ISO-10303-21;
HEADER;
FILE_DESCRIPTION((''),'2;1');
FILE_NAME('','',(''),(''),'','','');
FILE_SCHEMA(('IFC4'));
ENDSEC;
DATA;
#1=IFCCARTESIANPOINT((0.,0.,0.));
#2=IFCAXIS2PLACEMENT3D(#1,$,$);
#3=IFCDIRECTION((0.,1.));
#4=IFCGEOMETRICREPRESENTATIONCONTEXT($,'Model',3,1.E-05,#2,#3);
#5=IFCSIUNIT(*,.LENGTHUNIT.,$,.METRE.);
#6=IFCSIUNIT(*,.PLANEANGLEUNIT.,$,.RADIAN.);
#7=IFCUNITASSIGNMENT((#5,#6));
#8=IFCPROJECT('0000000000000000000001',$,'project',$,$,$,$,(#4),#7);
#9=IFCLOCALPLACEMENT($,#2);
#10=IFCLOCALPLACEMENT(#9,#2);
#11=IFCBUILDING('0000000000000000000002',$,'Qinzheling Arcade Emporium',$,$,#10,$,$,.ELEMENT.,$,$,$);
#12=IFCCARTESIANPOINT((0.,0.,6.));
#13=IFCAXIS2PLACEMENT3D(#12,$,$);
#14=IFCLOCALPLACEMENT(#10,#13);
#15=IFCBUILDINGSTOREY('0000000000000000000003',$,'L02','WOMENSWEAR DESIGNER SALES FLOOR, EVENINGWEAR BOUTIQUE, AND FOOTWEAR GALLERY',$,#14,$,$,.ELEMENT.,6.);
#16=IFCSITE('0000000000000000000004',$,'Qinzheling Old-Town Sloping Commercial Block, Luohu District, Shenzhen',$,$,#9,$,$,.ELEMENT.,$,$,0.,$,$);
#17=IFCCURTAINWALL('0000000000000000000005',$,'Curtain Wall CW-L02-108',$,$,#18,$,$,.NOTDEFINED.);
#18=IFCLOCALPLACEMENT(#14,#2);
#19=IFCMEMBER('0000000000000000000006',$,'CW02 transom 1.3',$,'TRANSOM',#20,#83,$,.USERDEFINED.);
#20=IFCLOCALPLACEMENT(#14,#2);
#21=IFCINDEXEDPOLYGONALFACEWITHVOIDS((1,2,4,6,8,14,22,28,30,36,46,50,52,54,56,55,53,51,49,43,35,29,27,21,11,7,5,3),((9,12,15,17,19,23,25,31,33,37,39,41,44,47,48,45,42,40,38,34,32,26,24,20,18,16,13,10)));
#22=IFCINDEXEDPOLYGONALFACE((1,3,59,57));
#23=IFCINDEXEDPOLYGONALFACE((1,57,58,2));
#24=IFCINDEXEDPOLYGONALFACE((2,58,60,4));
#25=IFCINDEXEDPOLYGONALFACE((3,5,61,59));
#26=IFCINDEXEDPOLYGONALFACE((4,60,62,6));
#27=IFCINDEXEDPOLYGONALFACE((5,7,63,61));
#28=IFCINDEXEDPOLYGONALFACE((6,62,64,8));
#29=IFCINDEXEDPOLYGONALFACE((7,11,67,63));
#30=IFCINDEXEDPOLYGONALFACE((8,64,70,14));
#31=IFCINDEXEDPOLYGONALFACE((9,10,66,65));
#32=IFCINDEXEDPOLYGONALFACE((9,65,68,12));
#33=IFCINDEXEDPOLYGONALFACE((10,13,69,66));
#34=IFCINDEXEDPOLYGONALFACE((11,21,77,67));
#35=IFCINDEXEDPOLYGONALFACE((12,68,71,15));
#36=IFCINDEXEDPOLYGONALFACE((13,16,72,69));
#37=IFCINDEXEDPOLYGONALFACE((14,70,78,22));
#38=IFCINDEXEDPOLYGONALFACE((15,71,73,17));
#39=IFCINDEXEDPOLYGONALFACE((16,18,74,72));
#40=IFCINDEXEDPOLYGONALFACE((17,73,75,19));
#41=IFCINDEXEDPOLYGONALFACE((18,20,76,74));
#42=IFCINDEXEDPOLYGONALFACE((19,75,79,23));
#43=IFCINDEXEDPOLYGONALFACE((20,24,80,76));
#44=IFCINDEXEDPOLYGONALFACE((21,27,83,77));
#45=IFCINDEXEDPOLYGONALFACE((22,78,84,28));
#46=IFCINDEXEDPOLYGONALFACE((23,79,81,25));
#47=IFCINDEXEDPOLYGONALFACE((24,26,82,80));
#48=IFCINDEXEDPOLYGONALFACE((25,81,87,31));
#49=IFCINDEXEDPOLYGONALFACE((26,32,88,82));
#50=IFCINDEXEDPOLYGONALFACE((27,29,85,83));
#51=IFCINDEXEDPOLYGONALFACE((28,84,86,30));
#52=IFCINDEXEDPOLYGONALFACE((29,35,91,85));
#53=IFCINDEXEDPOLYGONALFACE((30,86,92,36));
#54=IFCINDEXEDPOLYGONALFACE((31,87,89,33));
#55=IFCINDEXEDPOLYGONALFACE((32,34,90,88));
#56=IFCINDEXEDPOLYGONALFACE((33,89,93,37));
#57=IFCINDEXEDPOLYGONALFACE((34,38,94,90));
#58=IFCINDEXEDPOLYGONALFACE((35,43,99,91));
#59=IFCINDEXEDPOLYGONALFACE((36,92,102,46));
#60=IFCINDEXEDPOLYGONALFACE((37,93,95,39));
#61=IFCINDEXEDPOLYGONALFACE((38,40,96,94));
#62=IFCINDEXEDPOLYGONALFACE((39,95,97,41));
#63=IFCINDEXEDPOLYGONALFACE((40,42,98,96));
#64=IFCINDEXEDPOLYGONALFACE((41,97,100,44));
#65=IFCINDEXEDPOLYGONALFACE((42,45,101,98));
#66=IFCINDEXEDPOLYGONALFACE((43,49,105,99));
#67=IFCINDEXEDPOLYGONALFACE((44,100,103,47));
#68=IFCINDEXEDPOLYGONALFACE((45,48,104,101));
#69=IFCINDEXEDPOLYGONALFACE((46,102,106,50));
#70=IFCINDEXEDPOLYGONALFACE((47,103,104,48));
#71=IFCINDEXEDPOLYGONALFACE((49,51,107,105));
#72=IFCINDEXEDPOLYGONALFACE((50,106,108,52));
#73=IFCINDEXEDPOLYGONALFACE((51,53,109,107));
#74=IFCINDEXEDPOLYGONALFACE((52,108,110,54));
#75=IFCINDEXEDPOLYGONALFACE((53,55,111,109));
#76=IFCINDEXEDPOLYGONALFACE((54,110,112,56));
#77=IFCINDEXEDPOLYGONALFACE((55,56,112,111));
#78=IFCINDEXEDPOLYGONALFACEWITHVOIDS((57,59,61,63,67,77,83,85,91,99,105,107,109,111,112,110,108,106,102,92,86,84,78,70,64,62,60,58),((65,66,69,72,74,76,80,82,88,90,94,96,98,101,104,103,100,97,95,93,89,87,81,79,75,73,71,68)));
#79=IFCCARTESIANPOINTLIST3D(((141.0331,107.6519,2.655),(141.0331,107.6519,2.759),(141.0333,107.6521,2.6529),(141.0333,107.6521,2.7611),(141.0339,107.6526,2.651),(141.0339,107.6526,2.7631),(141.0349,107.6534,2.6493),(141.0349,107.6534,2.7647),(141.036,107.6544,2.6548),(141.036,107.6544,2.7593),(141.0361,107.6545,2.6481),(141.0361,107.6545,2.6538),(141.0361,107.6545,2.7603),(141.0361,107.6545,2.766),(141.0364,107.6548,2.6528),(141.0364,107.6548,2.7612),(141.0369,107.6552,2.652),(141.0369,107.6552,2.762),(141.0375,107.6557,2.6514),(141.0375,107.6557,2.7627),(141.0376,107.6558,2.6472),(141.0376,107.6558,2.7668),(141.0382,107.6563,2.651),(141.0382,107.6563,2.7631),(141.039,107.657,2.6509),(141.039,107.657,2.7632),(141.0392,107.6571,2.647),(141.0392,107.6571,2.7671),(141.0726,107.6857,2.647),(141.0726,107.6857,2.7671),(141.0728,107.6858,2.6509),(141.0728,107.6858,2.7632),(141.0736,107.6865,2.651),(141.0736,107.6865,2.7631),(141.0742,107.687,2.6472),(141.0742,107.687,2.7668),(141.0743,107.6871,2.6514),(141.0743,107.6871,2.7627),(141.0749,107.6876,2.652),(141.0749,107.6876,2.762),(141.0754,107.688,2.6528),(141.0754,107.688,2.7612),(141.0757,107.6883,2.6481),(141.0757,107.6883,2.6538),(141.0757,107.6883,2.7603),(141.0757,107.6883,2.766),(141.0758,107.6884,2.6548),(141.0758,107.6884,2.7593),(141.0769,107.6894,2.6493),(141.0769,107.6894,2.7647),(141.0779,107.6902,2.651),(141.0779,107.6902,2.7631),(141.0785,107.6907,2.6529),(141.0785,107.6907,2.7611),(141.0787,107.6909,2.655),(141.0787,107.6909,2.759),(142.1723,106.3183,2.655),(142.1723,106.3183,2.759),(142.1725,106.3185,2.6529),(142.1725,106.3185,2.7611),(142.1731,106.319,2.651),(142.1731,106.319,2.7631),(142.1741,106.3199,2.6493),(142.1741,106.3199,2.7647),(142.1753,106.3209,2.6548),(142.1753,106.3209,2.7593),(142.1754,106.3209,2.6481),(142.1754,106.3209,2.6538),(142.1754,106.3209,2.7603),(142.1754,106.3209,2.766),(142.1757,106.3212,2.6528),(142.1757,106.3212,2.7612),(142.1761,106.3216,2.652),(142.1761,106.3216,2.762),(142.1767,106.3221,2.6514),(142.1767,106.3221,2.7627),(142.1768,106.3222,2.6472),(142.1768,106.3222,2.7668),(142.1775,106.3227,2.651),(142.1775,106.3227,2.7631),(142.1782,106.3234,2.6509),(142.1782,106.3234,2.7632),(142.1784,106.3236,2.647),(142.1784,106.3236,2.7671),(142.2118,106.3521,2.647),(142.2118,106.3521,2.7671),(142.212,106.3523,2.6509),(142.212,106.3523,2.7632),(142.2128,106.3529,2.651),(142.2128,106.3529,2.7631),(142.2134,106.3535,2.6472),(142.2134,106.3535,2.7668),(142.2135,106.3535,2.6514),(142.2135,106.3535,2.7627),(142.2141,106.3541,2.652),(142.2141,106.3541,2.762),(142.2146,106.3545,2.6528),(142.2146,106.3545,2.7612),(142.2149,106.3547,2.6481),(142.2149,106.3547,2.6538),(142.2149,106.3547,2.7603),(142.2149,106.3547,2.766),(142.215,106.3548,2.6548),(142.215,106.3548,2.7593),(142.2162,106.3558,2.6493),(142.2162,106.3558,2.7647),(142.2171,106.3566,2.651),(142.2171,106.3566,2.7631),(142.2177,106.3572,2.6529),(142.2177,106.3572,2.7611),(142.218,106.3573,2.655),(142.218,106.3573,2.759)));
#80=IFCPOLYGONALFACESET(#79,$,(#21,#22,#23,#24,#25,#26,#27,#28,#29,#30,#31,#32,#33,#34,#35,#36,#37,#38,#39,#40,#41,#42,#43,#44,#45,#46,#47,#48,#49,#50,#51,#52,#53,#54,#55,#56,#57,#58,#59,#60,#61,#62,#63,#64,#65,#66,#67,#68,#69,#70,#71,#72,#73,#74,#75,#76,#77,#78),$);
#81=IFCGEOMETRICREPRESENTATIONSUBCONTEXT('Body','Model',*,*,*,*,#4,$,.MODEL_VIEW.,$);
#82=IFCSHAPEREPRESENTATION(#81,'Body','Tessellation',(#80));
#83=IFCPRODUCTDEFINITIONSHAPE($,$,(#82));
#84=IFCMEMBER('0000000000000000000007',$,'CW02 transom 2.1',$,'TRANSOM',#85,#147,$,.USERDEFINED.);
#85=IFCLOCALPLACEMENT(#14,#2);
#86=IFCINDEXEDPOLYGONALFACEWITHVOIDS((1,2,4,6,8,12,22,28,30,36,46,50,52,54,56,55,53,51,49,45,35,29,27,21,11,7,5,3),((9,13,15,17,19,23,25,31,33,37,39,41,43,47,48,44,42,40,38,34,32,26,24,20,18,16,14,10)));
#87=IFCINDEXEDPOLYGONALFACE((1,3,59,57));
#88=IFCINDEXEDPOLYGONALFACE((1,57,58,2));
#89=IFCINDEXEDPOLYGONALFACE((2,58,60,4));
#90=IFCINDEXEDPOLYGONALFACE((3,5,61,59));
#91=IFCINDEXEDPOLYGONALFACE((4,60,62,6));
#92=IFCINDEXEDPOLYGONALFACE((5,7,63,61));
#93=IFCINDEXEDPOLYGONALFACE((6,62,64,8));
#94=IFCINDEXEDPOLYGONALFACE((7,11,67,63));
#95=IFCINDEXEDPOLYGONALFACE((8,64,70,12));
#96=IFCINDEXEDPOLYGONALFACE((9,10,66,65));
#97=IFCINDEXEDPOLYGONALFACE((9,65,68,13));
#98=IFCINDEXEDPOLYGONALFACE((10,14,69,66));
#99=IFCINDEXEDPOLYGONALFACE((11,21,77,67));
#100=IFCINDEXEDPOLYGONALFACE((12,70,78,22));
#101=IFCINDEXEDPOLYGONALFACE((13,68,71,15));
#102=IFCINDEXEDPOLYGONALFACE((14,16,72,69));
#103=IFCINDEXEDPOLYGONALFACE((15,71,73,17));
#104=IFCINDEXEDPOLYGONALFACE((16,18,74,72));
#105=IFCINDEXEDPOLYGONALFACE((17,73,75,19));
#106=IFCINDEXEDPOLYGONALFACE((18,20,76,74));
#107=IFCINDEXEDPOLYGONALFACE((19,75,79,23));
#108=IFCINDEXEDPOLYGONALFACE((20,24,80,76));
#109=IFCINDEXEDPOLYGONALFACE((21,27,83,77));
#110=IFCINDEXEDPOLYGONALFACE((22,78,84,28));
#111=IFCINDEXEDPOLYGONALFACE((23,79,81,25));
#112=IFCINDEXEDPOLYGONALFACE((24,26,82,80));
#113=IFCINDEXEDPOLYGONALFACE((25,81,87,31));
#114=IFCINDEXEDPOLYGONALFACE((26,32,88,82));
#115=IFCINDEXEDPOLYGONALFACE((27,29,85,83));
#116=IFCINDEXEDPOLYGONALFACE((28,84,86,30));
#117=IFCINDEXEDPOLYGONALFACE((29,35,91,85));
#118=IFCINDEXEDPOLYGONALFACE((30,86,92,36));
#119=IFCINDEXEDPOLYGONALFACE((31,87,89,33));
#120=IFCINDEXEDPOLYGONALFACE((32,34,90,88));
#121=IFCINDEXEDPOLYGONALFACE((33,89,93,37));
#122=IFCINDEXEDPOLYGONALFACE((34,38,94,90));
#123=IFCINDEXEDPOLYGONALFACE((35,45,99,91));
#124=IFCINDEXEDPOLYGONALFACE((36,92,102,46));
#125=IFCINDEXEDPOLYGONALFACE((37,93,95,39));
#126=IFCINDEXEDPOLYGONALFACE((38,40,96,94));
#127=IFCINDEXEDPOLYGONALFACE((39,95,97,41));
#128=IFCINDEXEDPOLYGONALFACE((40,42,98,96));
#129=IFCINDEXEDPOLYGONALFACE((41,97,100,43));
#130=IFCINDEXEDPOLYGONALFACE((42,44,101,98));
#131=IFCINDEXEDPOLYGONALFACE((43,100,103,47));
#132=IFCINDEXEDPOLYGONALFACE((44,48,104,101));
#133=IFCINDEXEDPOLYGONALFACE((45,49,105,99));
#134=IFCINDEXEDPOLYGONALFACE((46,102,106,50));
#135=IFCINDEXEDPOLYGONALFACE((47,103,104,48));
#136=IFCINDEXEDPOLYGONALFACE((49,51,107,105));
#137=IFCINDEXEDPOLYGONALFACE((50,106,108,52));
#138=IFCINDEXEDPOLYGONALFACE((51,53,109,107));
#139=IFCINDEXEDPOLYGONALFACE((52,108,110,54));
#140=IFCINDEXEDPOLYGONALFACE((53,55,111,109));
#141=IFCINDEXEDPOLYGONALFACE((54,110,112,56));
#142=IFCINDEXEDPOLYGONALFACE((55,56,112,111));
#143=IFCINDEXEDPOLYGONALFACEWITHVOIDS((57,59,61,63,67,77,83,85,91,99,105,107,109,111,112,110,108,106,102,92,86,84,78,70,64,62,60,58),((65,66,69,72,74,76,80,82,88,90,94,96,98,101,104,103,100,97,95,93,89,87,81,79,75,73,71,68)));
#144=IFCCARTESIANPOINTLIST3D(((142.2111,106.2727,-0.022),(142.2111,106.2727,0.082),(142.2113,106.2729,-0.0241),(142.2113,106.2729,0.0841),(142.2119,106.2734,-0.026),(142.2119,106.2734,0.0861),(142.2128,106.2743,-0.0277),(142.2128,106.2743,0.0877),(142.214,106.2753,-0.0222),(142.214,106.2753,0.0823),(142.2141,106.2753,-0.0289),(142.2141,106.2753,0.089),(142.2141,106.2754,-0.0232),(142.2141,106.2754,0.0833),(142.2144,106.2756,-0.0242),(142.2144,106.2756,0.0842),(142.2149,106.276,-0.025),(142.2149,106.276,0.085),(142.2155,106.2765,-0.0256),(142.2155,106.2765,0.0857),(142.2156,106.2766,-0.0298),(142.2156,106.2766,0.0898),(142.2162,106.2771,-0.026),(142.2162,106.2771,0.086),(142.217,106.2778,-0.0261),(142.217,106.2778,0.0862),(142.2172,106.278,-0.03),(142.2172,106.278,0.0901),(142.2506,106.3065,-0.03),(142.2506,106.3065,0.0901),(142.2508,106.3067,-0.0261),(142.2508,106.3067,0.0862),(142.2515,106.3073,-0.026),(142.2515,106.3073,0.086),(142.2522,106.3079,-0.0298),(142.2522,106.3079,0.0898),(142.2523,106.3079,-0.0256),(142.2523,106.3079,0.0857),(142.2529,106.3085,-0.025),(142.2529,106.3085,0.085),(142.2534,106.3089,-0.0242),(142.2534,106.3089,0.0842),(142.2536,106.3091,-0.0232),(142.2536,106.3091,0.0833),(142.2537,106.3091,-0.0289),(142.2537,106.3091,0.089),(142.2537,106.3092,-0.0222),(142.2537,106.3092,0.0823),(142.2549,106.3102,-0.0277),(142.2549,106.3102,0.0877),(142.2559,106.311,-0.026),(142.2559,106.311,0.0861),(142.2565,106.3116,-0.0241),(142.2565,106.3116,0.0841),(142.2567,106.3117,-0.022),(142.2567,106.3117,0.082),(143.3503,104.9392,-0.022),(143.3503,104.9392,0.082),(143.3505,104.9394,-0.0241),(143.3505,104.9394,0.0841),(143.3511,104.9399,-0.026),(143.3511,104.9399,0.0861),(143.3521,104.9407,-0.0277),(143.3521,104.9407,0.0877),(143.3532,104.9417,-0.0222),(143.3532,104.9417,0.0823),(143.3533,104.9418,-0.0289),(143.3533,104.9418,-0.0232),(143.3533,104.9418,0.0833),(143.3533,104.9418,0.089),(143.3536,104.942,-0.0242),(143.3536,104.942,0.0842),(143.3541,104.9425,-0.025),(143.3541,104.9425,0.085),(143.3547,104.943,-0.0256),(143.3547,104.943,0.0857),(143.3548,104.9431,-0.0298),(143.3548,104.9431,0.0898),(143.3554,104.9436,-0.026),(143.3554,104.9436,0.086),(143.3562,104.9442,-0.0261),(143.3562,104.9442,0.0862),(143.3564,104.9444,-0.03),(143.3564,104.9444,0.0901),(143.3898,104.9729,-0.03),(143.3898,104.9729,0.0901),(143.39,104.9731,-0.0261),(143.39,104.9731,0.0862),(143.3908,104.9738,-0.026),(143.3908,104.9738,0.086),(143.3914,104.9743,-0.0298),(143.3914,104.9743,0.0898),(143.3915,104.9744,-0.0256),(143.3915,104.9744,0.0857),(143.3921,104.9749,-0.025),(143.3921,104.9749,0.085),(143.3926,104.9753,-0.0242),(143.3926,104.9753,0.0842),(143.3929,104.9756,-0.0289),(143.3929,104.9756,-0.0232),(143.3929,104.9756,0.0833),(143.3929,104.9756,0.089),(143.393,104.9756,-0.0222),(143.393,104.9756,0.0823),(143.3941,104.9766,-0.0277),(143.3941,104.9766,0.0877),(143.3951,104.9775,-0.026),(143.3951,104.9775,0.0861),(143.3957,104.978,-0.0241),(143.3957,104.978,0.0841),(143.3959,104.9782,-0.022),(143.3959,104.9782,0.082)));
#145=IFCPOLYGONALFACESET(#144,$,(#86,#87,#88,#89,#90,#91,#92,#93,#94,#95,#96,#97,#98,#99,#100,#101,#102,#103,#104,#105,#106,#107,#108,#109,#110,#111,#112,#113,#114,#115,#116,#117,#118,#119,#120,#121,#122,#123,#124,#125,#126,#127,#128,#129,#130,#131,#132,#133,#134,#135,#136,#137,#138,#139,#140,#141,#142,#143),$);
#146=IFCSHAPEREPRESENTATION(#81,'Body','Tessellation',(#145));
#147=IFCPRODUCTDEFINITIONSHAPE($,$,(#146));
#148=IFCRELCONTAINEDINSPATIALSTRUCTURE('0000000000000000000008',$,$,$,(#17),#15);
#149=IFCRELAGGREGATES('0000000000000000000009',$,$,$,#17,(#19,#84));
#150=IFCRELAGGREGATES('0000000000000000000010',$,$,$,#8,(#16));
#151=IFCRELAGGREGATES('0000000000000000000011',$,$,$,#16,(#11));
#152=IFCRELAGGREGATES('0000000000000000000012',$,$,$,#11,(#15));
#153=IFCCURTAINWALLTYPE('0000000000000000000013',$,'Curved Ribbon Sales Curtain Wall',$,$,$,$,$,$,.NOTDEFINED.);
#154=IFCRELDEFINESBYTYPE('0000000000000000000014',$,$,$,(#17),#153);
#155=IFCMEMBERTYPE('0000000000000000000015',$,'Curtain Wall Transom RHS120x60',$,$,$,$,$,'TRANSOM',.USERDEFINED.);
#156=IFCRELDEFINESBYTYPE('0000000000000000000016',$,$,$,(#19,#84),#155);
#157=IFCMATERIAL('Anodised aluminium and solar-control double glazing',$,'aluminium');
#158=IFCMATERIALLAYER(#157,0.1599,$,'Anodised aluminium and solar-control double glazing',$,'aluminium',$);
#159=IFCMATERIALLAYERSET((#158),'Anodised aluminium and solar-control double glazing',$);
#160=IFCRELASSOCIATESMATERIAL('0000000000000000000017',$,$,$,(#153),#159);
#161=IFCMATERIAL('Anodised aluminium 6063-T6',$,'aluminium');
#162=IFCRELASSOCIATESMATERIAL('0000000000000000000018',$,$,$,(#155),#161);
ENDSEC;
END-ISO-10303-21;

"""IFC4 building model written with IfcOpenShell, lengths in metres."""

from ifc_helpers import new_model, si_unit, direction, frame, origin, origin_2d, place, context, subcontext, project, spatial, hollow_rectangle, extrude, material, layer, layer_set, material_profile, profile_set, type_object, element, aggregate, save


model = new_model("IFC4")

# Units and contexts
model_context = context("Model", 3, precision=1e-05, world=origin(), true_north=direction((0.0, 1.0)))
body_context = subcontext(model_context, "Body", "Model", "MODEL_VIEW")
ifc_project = project(units=[si_unit("LENGTHUNIT", "METRE"), si_unit("PLANEANGLEUNIT", "RADIAN")], contexts=[model_context])

# Site, building, storey
site_placement = place(None, origin())
site = spatial("IfcSite", under=ifc_project, at=site_placement, Name="Qinzheling Old-Town Sloping Commercial Block, Luohu District, Shenzhen", CompositionType="ELEMENT", RefElevation=0.0)
building_placement = place(site_placement, origin())
building = spatial("IfcBuilding", under=site, at=building_placement, Name="Qinzheling Arcade Emporium", CompositionType="ELEMENT")
storey_placement = place(building_placement, frame((0.0, 0.0, 6.0)))
storey = spatial("IfcBuildingStorey", under=building, at=storey_placement, Name="L02", Description="WOMENSWEAR DESIGNER SALES FLOOR, EVENINGWEAR BOUTIQUE, AND FOOTWEAR GALLERY", CompositionType="ELEMENT", Elevation=6.0)

# Shared definitions
ifc_material_1 = material(Name="Anodised aluminium and solar-control double glazing", Category="aluminium")
ifc_layer_1 = layer(ifc_material_1, 0.1599, Name="Anodised aluminium and solar-control double glazing", Category="aluminium")
ifc_layer_set_1 = layer_set([ifc_layer_1], Name="Anodised aluminium and solar-control double glazing")
curtain_wall_type = type_object("IfcCurtainWallType", Name="Curved Ribbon Sales Curtain Wall", PredefinedType="NOTDEFINED", material=ifc_layer_set_1)
ifc_material_2 = material(Name="Anodised aluminium 6063-T6", Category="aluminium")

# Curtain wall, members
curtain_wall_1_placement = place(storey_placement, origin())
curtain_wall_1 = element("IfcCurtainWall", 1, at=curtain_wall_1_placement, inside=storey, type_object=curtain_wall_type, Name="Curtain Wall CW-L02-108", PredefinedType="NOTDEFINED")
ifc_material_profile_1 = material_profile(ifc_material_2, hollow_rectangle(XDim=0.0601, YDim=0.1201, WallThickness=0.0039, InnerFilletRadius=0.0039, OuterFilletRadius=0.0081, at=origin_2d()), Name="RHS 120x60x4", Category="aluminium")
ifc_profile_set_1 = profile_set([ifc_material_profile_1], Name="Anodised aluminium 6063-T6")
member_type_1 = type_object("IfcMemberType", Name="Curtain Wall Transom RHS120x60", ElementType="TRANSOM", PredefinedType="USERDEFINED", material=ifc_profile_set_1)
member_1_placement = place(storey_placement, frame((141.0559, 107.6714, 2.707), z_axis=(0.649529, -0.760336, 0.0), x_axis=(0.760336, 0.649529, 0.0)))
member_1 = element("IfcMember", 2, at=member_1_placement, type_object=member_type_1, Name="CW02 transom 1.3", ObjectType="TRANSOM", PredefinedType="USERDEFINED", context=body_context, shape_type="SweptSolid", body=[
    extrude(hollow_rectangle(XDim=0.0601, YDim=0.1201, WallThickness=0.0039, InnerFilletRadius=0.0039, OuterFilletRadius=0.0081, at=origin_2d()), origin(), (0.0, 0.0, 1.0), 1.7539),
])
member_2_placement = place(storey_placement, frame((142.2339, 106.2922, 0.03), z_axis=(0.649529, -0.760336, 0.0), x_axis=(0.760336, 0.649529, 0.0)))
member_2 = element("IfcMember", 3, at=member_2_placement, type_object=member_type_1, Name="CW02 transom 2.1", ObjectType="TRANSOM", PredefinedType="USERDEFINED", context=body_context, shape_type="SweptSolid", body=[
    extrude(hollow_rectangle(XDim=0.0601, YDim=0.1201, WallThickness=0.0039, InnerFilletRadius=0.0039, OuterFilletRadius=0.0081, at=origin_2d()), origin(), (0.0, 0.0, 1.0), 1.7539),
])

aggregate(curtain_wall_1, [member_1, member_2])

save(model, "model.ifc")
